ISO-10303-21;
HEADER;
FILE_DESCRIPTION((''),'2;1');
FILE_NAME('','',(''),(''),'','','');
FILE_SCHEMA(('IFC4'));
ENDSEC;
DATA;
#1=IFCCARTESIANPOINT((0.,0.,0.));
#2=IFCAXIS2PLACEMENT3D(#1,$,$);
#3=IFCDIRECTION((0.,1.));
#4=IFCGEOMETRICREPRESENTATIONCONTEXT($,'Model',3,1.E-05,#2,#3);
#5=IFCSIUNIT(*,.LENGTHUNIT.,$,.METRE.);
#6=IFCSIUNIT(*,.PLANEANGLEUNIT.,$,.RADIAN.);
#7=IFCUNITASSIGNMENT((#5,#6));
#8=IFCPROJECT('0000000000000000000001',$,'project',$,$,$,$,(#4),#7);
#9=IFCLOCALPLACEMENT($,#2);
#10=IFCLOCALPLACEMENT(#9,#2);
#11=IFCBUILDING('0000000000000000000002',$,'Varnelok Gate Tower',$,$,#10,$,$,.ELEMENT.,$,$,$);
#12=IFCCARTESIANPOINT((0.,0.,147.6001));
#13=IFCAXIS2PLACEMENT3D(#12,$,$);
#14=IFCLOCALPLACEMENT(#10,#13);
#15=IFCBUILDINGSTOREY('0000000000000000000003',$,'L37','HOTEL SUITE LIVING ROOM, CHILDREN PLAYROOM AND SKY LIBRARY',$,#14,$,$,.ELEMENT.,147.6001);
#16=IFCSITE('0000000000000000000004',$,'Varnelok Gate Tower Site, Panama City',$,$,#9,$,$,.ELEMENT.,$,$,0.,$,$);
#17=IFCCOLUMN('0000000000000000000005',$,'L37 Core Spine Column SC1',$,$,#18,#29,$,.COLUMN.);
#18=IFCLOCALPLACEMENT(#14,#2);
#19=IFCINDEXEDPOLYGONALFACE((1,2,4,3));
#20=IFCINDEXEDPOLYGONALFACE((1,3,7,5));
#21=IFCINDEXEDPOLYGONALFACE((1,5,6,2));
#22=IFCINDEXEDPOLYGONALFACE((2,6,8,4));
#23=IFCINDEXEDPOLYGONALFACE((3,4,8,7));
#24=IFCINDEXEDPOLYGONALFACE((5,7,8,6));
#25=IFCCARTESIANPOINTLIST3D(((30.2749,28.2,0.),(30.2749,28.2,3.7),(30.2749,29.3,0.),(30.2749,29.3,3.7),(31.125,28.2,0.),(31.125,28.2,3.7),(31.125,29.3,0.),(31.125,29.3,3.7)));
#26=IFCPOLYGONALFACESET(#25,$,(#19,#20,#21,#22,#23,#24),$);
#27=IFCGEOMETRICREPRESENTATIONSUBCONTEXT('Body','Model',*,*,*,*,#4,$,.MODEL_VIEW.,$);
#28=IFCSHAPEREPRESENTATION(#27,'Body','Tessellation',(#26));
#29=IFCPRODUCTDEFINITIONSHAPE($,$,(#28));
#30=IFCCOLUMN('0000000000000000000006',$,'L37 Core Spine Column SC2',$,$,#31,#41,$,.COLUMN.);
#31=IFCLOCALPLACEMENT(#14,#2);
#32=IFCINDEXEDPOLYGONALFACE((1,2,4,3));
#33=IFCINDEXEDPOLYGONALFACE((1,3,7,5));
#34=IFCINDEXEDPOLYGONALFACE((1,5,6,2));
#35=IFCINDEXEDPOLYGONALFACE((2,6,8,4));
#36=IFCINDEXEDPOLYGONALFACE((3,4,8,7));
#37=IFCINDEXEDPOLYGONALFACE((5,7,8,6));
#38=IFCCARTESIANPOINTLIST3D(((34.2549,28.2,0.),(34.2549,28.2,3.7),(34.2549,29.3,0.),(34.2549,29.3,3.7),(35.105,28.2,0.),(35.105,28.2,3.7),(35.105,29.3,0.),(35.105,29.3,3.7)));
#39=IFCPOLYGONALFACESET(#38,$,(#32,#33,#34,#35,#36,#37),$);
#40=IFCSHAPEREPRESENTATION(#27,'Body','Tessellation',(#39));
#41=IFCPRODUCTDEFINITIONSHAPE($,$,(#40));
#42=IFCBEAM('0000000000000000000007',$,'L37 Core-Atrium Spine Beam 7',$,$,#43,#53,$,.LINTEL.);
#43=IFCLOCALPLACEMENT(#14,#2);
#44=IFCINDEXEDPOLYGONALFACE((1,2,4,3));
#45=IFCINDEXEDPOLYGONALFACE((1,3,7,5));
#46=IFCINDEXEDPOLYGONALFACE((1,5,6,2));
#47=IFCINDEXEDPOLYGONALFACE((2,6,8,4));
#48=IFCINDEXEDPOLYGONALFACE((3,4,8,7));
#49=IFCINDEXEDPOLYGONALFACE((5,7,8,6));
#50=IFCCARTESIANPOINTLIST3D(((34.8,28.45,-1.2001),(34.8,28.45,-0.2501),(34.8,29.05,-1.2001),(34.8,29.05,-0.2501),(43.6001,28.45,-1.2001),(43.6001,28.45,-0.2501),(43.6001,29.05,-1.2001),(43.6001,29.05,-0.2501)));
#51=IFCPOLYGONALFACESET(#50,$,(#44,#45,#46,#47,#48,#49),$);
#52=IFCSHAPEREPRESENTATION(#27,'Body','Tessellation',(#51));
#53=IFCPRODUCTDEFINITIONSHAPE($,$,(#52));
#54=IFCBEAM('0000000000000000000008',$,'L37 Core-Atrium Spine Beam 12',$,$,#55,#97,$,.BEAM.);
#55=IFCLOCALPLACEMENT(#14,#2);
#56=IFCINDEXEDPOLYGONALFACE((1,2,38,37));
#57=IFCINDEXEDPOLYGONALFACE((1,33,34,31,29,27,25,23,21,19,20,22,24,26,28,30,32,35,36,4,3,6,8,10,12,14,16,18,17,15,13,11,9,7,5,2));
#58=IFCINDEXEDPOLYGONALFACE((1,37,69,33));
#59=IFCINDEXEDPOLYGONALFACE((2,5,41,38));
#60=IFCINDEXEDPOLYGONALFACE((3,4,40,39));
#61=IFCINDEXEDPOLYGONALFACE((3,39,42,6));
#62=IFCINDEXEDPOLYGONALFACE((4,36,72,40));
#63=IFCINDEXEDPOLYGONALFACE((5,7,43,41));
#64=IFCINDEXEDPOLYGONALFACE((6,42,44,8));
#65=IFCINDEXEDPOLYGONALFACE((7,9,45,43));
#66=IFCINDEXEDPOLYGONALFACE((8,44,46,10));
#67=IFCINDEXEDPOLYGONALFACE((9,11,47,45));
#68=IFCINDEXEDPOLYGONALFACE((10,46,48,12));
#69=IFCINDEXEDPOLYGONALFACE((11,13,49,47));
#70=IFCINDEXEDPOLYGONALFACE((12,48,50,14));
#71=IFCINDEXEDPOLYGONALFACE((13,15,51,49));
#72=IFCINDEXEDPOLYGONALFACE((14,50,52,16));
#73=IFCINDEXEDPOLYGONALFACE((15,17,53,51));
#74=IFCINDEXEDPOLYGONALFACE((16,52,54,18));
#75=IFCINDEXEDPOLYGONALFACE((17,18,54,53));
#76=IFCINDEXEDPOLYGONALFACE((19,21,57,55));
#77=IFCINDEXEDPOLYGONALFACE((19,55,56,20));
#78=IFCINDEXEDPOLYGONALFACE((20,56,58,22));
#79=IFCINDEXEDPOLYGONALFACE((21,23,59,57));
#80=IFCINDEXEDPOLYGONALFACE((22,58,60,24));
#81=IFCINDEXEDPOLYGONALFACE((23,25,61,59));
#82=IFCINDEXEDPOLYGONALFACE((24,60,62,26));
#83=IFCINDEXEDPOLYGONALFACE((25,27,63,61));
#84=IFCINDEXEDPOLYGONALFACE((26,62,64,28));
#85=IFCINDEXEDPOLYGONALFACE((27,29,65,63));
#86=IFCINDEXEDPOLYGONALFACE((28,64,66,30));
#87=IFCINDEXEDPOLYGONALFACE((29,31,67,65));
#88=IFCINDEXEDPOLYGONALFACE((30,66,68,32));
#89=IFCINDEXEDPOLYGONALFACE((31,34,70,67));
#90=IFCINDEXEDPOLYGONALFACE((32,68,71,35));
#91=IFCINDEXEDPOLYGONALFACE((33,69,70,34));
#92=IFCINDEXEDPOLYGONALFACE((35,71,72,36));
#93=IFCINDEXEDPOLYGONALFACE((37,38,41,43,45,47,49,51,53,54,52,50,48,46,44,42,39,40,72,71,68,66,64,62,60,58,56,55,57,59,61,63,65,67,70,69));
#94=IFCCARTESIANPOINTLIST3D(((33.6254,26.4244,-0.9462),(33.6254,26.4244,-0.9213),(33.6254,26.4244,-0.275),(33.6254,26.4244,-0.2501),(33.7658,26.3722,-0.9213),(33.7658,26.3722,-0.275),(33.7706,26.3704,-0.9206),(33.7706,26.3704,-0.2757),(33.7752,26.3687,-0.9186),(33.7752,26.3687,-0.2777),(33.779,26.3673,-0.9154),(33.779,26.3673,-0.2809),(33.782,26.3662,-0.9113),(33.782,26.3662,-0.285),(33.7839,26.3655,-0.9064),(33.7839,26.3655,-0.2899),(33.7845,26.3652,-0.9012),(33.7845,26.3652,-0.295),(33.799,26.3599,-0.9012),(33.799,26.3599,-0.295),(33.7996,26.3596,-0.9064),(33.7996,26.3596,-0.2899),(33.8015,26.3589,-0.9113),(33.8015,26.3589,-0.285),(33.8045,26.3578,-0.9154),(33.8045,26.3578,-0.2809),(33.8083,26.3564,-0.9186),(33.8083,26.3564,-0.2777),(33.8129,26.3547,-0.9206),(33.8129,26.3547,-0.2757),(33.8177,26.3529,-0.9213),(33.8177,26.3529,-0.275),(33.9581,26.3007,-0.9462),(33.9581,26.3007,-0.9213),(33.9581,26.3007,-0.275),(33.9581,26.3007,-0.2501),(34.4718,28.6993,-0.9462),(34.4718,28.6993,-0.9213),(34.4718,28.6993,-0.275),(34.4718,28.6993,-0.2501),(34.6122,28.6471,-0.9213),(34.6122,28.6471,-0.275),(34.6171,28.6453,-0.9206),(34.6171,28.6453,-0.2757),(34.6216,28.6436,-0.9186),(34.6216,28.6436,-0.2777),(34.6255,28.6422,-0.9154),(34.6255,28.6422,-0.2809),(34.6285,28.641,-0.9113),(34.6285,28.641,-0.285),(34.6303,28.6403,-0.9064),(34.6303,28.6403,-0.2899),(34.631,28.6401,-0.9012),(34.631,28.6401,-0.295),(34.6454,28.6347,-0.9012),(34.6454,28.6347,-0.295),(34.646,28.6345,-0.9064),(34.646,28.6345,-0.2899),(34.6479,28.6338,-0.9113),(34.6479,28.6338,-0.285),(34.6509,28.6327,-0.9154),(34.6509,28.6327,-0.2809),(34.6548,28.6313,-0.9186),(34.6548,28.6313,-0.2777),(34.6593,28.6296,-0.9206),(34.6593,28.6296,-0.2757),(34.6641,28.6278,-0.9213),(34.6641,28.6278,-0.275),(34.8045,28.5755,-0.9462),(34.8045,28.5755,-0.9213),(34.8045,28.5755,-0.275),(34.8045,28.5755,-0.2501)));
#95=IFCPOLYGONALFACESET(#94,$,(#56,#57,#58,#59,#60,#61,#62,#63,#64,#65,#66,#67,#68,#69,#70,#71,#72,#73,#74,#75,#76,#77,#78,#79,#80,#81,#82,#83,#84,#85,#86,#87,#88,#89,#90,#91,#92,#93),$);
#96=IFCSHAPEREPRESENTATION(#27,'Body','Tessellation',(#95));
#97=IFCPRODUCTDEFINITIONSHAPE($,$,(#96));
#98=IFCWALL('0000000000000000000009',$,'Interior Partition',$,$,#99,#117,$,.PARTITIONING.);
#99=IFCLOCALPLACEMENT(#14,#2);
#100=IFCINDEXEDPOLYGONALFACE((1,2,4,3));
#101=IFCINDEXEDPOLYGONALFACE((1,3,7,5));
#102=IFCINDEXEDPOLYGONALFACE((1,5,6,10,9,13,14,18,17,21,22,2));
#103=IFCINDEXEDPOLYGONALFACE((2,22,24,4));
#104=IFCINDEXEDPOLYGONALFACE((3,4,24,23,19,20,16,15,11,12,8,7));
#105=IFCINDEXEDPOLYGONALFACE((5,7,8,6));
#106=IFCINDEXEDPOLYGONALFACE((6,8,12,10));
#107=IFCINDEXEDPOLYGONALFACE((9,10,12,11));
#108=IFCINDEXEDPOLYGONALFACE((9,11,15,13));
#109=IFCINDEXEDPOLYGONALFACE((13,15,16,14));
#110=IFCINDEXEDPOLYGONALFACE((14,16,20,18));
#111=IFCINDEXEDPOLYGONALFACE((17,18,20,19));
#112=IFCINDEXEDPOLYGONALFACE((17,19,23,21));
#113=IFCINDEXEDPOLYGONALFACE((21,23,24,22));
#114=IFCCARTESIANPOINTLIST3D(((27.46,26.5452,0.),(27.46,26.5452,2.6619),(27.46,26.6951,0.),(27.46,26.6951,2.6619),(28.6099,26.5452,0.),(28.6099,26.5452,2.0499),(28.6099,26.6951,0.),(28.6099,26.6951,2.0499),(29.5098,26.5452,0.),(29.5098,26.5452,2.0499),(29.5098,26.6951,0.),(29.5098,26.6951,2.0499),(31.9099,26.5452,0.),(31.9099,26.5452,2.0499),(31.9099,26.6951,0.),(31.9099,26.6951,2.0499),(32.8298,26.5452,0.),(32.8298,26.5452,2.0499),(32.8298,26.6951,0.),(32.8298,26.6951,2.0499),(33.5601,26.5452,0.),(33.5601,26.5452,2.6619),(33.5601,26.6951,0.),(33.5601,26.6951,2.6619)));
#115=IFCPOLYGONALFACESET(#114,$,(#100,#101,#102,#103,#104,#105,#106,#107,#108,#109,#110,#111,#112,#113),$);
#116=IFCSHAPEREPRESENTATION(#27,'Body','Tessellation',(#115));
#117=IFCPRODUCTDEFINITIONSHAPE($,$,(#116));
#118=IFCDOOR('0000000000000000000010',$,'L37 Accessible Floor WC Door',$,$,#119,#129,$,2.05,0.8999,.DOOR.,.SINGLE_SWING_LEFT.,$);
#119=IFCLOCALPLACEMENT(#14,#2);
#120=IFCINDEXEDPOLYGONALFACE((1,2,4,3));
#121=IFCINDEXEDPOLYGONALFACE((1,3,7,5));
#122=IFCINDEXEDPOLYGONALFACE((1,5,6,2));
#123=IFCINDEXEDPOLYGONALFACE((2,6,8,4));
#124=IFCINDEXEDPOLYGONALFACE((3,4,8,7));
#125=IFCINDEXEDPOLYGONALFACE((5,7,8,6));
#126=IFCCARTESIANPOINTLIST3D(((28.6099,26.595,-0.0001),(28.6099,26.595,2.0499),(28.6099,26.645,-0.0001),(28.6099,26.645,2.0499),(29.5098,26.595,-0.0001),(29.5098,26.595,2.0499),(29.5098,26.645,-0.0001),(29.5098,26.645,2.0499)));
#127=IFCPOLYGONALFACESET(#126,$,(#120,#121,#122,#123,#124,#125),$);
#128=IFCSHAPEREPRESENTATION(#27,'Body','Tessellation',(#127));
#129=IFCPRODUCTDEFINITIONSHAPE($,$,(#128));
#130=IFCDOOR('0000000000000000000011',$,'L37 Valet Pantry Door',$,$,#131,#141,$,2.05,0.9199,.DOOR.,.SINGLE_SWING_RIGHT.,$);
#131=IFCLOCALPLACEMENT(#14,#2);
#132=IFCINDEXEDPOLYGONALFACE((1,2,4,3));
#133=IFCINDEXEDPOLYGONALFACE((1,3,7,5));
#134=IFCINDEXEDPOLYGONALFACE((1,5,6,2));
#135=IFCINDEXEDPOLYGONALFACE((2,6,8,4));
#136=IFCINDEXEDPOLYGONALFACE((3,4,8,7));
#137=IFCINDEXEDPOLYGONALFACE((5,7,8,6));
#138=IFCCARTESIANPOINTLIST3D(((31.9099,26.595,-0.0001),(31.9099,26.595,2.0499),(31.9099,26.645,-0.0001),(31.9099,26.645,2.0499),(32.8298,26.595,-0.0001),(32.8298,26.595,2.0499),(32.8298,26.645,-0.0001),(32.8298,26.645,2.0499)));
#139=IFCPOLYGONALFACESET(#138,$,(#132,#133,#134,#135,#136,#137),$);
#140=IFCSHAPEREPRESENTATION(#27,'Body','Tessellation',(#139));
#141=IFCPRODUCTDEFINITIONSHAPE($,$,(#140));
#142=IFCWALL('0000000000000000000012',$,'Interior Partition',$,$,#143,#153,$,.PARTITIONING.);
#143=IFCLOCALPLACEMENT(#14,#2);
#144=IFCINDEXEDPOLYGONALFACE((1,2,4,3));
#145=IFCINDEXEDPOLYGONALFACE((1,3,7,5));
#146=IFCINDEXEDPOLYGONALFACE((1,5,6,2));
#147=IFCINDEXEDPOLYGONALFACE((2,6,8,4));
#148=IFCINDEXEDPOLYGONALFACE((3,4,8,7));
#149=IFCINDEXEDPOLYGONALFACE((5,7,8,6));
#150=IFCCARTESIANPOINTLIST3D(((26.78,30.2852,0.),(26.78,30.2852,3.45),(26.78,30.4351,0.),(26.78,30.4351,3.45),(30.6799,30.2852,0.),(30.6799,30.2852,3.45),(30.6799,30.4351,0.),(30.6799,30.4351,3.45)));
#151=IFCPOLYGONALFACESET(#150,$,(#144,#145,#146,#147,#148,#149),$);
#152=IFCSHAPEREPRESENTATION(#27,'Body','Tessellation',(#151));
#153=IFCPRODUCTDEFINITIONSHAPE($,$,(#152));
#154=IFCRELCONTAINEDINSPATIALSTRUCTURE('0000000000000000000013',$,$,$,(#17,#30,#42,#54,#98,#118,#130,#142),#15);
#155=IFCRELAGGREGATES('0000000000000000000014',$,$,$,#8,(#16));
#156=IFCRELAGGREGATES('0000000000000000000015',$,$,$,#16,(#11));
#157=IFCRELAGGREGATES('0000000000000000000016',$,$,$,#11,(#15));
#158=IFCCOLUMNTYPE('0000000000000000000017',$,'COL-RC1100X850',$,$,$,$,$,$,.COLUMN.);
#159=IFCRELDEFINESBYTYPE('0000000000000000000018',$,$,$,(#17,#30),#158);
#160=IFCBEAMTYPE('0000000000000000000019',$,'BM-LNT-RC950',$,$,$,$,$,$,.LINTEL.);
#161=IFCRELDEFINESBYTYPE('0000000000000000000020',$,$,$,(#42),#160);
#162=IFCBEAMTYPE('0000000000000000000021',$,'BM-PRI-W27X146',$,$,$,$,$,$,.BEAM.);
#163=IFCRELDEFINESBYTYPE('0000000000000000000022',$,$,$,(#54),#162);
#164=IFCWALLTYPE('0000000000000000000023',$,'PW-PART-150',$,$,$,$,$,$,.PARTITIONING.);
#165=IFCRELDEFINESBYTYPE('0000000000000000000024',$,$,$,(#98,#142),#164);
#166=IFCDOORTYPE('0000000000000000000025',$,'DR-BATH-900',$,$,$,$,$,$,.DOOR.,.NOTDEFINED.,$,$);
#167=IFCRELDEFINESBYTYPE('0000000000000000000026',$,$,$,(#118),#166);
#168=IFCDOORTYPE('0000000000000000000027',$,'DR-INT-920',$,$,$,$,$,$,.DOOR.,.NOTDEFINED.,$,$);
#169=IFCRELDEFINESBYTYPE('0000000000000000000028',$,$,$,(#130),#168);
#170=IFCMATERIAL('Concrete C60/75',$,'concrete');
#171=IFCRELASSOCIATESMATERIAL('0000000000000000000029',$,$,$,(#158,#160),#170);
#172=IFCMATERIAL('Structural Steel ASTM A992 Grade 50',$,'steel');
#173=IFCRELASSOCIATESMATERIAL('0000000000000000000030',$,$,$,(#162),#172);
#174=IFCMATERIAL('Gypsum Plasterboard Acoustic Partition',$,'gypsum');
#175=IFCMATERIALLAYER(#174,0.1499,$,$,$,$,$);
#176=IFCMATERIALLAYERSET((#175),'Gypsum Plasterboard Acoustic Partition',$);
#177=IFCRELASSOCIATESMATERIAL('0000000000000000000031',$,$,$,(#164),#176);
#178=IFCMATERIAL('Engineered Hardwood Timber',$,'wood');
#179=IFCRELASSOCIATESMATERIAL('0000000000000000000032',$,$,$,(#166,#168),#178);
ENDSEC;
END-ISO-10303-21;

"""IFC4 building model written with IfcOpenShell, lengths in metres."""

from ifc_helpers import new_model, si_unit, direction, frame, frame_2d, origin, origin_2d, place, context, subcontext, project, spatial, rectangle, i_section, extrude, material, layer, layer_set, material_profile, profile_set, type_object, element, fill, save


model = new_model("IFC4")

# Units and contexts
model_context = context("Model", 3, precision=1e-05, world=origin(), true_north=direction((0.0, 1.0)))
body_context = subcontext(model_context, "Body", "Model", "MODEL_VIEW")
ifc_project = project(units=[si_unit("LENGTHUNIT", "METRE"), si_unit("PLANEANGLEUNIT", "RADIAN")], contexts=[model_context])

# Site, building, storey
site_placement = place(None, origin())
site = spatial("IfcSite", under=ifc_project, at=site_placement, Name="Varnelok Gate Tower Site, Panama City", CompositionType="ELEMENT", RefElevation=0.0)
building_placement = place(site_placement, origin())
building = spatial("IfcBuilding", under=site, at=building_placement, Name="Varnelok Gate Tower", CompositionType="ELEMENT")
storey_placement = place(building_placement, frame((0.0, 0.0, 147.6001)))
storey = spatial("IfcBuildingStorey", under=building, at=storey_placement, Name="L37", Description="HOTEL SUITE LIVING ROOM, CHILDREN PLAYROOM AND SKY LIBRARY", CompositionType="ELEMENT", Elevation=147.6001)

# Columns
ifc_material_1 = material(Name="Concrete C60/75", Category="concrete")
ifc_material_profile_1 = material_profile(ifc_material_1, rectangle(XDim=0.8501, YDim=1.1001, at=origin_2d()), Name="RC1100X850")
ifc_profile_set_1 = profile_set([ifc_material_profile_1], Name="Concrete C60/75")
column_type = type_object("IfcColumnType", Name="COL-RC1100X850", PredefinedType="COLUMN", material=ifc_profile_set_1)
for number, where, z_axis, x_axis, name in (
    (1, (30.7, 28.75, 0.0), (0.0, 0.0, 1.0), (1.0, 0.0, 0.0), "L37 Core Spine Column SC1"),
    (2, (34.6799, 28.75, 0.0), (0.0, 0.0, 1.0), (1.0, 0.0, 0.0), "L37 Core Spine Column SC2"),
):
    element("IfcColumn", number, at=place(storey_placement, frame(where, z_axis=z_axis, x_axis=x_axis)), inside=storey, type_object=column_type, Name=name, PredefinedType="COLUMN", context=body_context, shape_type="SweptSolid", body=[
        extrude(rectangle(XDim=0.8501, YDim=1.1001, at=origin_2d()), origin(), (0.0, 0.0, 1.0), 3.7),
    ])

# Beams
ifc_material_profile_2 = material_profile(ifc_material_1, rectangle(XDim=0.6001, YDim=0.95, at=origin_2d()), Name="RC950X600")
ifc_profile_set_2 = profile_set([ifc_material_profile_2], Name="Concrete C60/75")
beam_type_1 = type_object("IfcBeamType", Name="BM-LNT-RC950", PredefinedType="LINTEL", material=ifc_profile_set_2)
beam_1_placement = place(storey_placement, frame((34.8, 28.75, -0.7251), z_axis=(1.0, 0.0, 0.0), x_axis=(0.0, 1.0, 0.0)))
element("IfcBeam", 3, at=beam_1_placement, inside=storey, type_object=beam_type_1, Name="L37 Core-Atrium Spine Beam 7", PredefinedType="LINTEL", context=body_context, shape_type="SweptSolid", body=[
    extrude(rectangle(XDim=0.6001, YDim=0.95, at=origin_2d()), origin(), (0.0, 0.0, 1.0), 8.8),
])
ifc_material_2 = material(Name="Structural Steel ASTM A992 Grade 50", Category="steel")
ifc_material_profile_3 = material_profile(ifc_material_2, i_section(OverallWidth=0.355, OverallDepth=0.696, WebThickness=0.0154, FlangeThickness=0.0249, FilletRadius=0.02, at=origin_2d()), Name="W27X146")
ifc_profile_set_3 = profile_set([ifc_material_profile_3], Name="Structural Steel ASTM A992 Grade 50")
beam_type_2 = type_object("IfcBeamType", Name="BM-PRI-W27X146", PredefinedType="BEAM", material=ifc_profile_set_3)
beam_2_placement = place(storey_placement, frame((33.7917, 26.3625, -0.5981), z_axis=(0.348719, 0.937227, 0.0), x_axis=(-0.937227, 0.348719, 0.0)))
element("IfcBeam", 4, at=beam_2_placement, inside=storey, type_object=beam_type_2, Name="L37 Core-Atrium Spine Beam 12", PredefinedType="BEAM", context=body_context, shape_type="SweptSolid", body=[
    extrude(i_section(OverallWidth=0.355, OverallDepth=0.696, WebThickness=0.0154, FlangeThickness=0.0249, FilletRadius=0.02, at=origin_2d()), origin(), (0.0, 0.0, 1.0), 2.4272),
])

# Wall, openings, doors
ifc_material_3 = material(Name="Gypsum Plasterboard Acoustic Partition", Category="gypsum")
ifc_layer_1 = layer(ifc_material_3, 0.1499)
ifc_layer_set_1 = layer_set([ifc_layer_1], Name="Gypsum Plasterboard Acoustic Partition")
wall_type_1 = type_object("IfcWallType", Name="PW-PART-150", PredefinedType="PARTITIONING", material=ifc_layer_set_1)
wall_1_placement = place(storey_placement, frame((27.46, 26.6201, 0.0), z_axis=(0.0, 0.0, 1.0), x_axis=(1.0, 0.0, 0.0)))
wall_1 = element("IfcWall", 5, at=wall_1_placement, inside=storey, type_object=wall_type_1, Name="Interior Partition", PredefinedType="PARTITIONING", context=body_context, shape_type="SweptSolid", body=[
    extrude(rectangle(XDim=6.1001, YDim=0.1499, at=frame_2d((3.05, 0.0))), origin(), (0.0, 0.0, 1.0), 2.6619),
])
opening_1_placement = place(wall_1_placement, frame((1.1499, 0.0, 0.0)))
opening_1 = element("IfcOpeningElement", 6, at=opening_1_placement, cuts=wall_1, PredefinedType="OPENING", context=body_context, shape_type="SweptSolid", body=[
    extrude(rectangle(XDim=0.8999, YDim=2.05, at=frame_2d((0.45, 1.0249))), frame((0.0, 0.085, 0.0), z_axis=(0.0, -1.0, 0.0), x_axis=(1.0, 0.0, 0.0)), (0.0, 0.0, 1.0), 0.1699),
])
opening_2_placement = place(wall_1_placement, frame((4.45, 0.0, 0.0)))
opening_2 = element("IfcOpeningElement", 7, at=opening_2_placement, cuts=wall_1, PredefinedType="OPENING", context=body_context, shape_type="SweptSolid", body=[
    extrude(rectangle(XDim=0.9199, YDim=2.05, at=frame_2d((0.46, 1.0249))), frame((0.0, 0.085, 0.0), z_axis=(0.0, -1.0, 0.0), x_axis=(1.0, 0.0, 0.0)), (0.0, 0.0, 1.0), 0.1699),
])
ifc_material_4 = material(Name="Engineered Hardwood Timber", Category="wood")
door_type_1 = type_object("IfcDoorType", Name="DR-BATH-900", OperationType="NOTDEFINED", PredefinedType="DOOR", material=ifc_material_4)
door_1_placement = place(opening_1_placement, origin())
door_1 = element("IfcDoor", 8, at=door_1_placement, inside=storey, type_object=door_type_1, Name="L37 Accessible Floor WC Door", OperationType="SINGLE_SWING_LEFT", OverallHeight=2.05, OverallWidth=0.8999, PredefinedType="DOOR", context=body_context, shape_type="SweptSolid", body=[
    extrude(rectangle(XDim=0.8999, YDim=2.05, at=frame_2d((0.45, 1.0249))), frame((0.0, 0.0249, 0.0), z_axis=(0.0, -1.0, 0.0), x_axis=(1.0, 0.0, 0.0)), (0.0, 0.0, 1.0), 0.05),
])
fill(opening_1, door_1)
door_type_2 = type_object("IfcDoorType", Name="DR-INT-920", OperationType="NOTDEFINED", PredefinedType="DOOR", material=ifc_material_4)
door_2_placement = place(opening_2_placement, origin())
door_2 = element("IfcDoor", 9, at=door_2_placement, inside=storey, type_object=door_type_2, Name="L37 Valet Pantry Door", OperationType="SINGLE_SWING_RIGHT", OverallHeight=2.05, OverallWidth=0.9199, PredefinedType="DOOR", context=body_context, shape_type="SweptSolid", body=[
    extrude(rectangle(XDim=0.9199, YDim=2.05, at=frame_2d((0.46, 1.0249))), frame((0.0, 0.0249, 0.0), z_axis=(0.0, -1.0, 0.0), x_axis=(1.0, 0.0, 0.0)), (0.0, 0.0, 1.0), 0.05),
])
fill(opening_2, door_2)

# Wall
wall_2_placement = place(storey_placement, frame((26.78, 30.3601, 0.0), z_axis=(0.0, 0.0, 1.0), x_axis=(1.0, 0.0, 0.0)))
element("IfcWall", 10, at=wall_2_placement, inside=storey, type_object=wall_type_1, Name="Interior Partition", PredefinedType="PARTITIONING", context=body_context, shape_type="SweptSolid", body=[
    extrude(rectangle(XDim=3.8999, YDim=0.1499, at=frame_2d((1.95, 0.0))), origin(), (0.0, 0.0, 1.0), 3.45),
])

save(model, "model.ifc")
